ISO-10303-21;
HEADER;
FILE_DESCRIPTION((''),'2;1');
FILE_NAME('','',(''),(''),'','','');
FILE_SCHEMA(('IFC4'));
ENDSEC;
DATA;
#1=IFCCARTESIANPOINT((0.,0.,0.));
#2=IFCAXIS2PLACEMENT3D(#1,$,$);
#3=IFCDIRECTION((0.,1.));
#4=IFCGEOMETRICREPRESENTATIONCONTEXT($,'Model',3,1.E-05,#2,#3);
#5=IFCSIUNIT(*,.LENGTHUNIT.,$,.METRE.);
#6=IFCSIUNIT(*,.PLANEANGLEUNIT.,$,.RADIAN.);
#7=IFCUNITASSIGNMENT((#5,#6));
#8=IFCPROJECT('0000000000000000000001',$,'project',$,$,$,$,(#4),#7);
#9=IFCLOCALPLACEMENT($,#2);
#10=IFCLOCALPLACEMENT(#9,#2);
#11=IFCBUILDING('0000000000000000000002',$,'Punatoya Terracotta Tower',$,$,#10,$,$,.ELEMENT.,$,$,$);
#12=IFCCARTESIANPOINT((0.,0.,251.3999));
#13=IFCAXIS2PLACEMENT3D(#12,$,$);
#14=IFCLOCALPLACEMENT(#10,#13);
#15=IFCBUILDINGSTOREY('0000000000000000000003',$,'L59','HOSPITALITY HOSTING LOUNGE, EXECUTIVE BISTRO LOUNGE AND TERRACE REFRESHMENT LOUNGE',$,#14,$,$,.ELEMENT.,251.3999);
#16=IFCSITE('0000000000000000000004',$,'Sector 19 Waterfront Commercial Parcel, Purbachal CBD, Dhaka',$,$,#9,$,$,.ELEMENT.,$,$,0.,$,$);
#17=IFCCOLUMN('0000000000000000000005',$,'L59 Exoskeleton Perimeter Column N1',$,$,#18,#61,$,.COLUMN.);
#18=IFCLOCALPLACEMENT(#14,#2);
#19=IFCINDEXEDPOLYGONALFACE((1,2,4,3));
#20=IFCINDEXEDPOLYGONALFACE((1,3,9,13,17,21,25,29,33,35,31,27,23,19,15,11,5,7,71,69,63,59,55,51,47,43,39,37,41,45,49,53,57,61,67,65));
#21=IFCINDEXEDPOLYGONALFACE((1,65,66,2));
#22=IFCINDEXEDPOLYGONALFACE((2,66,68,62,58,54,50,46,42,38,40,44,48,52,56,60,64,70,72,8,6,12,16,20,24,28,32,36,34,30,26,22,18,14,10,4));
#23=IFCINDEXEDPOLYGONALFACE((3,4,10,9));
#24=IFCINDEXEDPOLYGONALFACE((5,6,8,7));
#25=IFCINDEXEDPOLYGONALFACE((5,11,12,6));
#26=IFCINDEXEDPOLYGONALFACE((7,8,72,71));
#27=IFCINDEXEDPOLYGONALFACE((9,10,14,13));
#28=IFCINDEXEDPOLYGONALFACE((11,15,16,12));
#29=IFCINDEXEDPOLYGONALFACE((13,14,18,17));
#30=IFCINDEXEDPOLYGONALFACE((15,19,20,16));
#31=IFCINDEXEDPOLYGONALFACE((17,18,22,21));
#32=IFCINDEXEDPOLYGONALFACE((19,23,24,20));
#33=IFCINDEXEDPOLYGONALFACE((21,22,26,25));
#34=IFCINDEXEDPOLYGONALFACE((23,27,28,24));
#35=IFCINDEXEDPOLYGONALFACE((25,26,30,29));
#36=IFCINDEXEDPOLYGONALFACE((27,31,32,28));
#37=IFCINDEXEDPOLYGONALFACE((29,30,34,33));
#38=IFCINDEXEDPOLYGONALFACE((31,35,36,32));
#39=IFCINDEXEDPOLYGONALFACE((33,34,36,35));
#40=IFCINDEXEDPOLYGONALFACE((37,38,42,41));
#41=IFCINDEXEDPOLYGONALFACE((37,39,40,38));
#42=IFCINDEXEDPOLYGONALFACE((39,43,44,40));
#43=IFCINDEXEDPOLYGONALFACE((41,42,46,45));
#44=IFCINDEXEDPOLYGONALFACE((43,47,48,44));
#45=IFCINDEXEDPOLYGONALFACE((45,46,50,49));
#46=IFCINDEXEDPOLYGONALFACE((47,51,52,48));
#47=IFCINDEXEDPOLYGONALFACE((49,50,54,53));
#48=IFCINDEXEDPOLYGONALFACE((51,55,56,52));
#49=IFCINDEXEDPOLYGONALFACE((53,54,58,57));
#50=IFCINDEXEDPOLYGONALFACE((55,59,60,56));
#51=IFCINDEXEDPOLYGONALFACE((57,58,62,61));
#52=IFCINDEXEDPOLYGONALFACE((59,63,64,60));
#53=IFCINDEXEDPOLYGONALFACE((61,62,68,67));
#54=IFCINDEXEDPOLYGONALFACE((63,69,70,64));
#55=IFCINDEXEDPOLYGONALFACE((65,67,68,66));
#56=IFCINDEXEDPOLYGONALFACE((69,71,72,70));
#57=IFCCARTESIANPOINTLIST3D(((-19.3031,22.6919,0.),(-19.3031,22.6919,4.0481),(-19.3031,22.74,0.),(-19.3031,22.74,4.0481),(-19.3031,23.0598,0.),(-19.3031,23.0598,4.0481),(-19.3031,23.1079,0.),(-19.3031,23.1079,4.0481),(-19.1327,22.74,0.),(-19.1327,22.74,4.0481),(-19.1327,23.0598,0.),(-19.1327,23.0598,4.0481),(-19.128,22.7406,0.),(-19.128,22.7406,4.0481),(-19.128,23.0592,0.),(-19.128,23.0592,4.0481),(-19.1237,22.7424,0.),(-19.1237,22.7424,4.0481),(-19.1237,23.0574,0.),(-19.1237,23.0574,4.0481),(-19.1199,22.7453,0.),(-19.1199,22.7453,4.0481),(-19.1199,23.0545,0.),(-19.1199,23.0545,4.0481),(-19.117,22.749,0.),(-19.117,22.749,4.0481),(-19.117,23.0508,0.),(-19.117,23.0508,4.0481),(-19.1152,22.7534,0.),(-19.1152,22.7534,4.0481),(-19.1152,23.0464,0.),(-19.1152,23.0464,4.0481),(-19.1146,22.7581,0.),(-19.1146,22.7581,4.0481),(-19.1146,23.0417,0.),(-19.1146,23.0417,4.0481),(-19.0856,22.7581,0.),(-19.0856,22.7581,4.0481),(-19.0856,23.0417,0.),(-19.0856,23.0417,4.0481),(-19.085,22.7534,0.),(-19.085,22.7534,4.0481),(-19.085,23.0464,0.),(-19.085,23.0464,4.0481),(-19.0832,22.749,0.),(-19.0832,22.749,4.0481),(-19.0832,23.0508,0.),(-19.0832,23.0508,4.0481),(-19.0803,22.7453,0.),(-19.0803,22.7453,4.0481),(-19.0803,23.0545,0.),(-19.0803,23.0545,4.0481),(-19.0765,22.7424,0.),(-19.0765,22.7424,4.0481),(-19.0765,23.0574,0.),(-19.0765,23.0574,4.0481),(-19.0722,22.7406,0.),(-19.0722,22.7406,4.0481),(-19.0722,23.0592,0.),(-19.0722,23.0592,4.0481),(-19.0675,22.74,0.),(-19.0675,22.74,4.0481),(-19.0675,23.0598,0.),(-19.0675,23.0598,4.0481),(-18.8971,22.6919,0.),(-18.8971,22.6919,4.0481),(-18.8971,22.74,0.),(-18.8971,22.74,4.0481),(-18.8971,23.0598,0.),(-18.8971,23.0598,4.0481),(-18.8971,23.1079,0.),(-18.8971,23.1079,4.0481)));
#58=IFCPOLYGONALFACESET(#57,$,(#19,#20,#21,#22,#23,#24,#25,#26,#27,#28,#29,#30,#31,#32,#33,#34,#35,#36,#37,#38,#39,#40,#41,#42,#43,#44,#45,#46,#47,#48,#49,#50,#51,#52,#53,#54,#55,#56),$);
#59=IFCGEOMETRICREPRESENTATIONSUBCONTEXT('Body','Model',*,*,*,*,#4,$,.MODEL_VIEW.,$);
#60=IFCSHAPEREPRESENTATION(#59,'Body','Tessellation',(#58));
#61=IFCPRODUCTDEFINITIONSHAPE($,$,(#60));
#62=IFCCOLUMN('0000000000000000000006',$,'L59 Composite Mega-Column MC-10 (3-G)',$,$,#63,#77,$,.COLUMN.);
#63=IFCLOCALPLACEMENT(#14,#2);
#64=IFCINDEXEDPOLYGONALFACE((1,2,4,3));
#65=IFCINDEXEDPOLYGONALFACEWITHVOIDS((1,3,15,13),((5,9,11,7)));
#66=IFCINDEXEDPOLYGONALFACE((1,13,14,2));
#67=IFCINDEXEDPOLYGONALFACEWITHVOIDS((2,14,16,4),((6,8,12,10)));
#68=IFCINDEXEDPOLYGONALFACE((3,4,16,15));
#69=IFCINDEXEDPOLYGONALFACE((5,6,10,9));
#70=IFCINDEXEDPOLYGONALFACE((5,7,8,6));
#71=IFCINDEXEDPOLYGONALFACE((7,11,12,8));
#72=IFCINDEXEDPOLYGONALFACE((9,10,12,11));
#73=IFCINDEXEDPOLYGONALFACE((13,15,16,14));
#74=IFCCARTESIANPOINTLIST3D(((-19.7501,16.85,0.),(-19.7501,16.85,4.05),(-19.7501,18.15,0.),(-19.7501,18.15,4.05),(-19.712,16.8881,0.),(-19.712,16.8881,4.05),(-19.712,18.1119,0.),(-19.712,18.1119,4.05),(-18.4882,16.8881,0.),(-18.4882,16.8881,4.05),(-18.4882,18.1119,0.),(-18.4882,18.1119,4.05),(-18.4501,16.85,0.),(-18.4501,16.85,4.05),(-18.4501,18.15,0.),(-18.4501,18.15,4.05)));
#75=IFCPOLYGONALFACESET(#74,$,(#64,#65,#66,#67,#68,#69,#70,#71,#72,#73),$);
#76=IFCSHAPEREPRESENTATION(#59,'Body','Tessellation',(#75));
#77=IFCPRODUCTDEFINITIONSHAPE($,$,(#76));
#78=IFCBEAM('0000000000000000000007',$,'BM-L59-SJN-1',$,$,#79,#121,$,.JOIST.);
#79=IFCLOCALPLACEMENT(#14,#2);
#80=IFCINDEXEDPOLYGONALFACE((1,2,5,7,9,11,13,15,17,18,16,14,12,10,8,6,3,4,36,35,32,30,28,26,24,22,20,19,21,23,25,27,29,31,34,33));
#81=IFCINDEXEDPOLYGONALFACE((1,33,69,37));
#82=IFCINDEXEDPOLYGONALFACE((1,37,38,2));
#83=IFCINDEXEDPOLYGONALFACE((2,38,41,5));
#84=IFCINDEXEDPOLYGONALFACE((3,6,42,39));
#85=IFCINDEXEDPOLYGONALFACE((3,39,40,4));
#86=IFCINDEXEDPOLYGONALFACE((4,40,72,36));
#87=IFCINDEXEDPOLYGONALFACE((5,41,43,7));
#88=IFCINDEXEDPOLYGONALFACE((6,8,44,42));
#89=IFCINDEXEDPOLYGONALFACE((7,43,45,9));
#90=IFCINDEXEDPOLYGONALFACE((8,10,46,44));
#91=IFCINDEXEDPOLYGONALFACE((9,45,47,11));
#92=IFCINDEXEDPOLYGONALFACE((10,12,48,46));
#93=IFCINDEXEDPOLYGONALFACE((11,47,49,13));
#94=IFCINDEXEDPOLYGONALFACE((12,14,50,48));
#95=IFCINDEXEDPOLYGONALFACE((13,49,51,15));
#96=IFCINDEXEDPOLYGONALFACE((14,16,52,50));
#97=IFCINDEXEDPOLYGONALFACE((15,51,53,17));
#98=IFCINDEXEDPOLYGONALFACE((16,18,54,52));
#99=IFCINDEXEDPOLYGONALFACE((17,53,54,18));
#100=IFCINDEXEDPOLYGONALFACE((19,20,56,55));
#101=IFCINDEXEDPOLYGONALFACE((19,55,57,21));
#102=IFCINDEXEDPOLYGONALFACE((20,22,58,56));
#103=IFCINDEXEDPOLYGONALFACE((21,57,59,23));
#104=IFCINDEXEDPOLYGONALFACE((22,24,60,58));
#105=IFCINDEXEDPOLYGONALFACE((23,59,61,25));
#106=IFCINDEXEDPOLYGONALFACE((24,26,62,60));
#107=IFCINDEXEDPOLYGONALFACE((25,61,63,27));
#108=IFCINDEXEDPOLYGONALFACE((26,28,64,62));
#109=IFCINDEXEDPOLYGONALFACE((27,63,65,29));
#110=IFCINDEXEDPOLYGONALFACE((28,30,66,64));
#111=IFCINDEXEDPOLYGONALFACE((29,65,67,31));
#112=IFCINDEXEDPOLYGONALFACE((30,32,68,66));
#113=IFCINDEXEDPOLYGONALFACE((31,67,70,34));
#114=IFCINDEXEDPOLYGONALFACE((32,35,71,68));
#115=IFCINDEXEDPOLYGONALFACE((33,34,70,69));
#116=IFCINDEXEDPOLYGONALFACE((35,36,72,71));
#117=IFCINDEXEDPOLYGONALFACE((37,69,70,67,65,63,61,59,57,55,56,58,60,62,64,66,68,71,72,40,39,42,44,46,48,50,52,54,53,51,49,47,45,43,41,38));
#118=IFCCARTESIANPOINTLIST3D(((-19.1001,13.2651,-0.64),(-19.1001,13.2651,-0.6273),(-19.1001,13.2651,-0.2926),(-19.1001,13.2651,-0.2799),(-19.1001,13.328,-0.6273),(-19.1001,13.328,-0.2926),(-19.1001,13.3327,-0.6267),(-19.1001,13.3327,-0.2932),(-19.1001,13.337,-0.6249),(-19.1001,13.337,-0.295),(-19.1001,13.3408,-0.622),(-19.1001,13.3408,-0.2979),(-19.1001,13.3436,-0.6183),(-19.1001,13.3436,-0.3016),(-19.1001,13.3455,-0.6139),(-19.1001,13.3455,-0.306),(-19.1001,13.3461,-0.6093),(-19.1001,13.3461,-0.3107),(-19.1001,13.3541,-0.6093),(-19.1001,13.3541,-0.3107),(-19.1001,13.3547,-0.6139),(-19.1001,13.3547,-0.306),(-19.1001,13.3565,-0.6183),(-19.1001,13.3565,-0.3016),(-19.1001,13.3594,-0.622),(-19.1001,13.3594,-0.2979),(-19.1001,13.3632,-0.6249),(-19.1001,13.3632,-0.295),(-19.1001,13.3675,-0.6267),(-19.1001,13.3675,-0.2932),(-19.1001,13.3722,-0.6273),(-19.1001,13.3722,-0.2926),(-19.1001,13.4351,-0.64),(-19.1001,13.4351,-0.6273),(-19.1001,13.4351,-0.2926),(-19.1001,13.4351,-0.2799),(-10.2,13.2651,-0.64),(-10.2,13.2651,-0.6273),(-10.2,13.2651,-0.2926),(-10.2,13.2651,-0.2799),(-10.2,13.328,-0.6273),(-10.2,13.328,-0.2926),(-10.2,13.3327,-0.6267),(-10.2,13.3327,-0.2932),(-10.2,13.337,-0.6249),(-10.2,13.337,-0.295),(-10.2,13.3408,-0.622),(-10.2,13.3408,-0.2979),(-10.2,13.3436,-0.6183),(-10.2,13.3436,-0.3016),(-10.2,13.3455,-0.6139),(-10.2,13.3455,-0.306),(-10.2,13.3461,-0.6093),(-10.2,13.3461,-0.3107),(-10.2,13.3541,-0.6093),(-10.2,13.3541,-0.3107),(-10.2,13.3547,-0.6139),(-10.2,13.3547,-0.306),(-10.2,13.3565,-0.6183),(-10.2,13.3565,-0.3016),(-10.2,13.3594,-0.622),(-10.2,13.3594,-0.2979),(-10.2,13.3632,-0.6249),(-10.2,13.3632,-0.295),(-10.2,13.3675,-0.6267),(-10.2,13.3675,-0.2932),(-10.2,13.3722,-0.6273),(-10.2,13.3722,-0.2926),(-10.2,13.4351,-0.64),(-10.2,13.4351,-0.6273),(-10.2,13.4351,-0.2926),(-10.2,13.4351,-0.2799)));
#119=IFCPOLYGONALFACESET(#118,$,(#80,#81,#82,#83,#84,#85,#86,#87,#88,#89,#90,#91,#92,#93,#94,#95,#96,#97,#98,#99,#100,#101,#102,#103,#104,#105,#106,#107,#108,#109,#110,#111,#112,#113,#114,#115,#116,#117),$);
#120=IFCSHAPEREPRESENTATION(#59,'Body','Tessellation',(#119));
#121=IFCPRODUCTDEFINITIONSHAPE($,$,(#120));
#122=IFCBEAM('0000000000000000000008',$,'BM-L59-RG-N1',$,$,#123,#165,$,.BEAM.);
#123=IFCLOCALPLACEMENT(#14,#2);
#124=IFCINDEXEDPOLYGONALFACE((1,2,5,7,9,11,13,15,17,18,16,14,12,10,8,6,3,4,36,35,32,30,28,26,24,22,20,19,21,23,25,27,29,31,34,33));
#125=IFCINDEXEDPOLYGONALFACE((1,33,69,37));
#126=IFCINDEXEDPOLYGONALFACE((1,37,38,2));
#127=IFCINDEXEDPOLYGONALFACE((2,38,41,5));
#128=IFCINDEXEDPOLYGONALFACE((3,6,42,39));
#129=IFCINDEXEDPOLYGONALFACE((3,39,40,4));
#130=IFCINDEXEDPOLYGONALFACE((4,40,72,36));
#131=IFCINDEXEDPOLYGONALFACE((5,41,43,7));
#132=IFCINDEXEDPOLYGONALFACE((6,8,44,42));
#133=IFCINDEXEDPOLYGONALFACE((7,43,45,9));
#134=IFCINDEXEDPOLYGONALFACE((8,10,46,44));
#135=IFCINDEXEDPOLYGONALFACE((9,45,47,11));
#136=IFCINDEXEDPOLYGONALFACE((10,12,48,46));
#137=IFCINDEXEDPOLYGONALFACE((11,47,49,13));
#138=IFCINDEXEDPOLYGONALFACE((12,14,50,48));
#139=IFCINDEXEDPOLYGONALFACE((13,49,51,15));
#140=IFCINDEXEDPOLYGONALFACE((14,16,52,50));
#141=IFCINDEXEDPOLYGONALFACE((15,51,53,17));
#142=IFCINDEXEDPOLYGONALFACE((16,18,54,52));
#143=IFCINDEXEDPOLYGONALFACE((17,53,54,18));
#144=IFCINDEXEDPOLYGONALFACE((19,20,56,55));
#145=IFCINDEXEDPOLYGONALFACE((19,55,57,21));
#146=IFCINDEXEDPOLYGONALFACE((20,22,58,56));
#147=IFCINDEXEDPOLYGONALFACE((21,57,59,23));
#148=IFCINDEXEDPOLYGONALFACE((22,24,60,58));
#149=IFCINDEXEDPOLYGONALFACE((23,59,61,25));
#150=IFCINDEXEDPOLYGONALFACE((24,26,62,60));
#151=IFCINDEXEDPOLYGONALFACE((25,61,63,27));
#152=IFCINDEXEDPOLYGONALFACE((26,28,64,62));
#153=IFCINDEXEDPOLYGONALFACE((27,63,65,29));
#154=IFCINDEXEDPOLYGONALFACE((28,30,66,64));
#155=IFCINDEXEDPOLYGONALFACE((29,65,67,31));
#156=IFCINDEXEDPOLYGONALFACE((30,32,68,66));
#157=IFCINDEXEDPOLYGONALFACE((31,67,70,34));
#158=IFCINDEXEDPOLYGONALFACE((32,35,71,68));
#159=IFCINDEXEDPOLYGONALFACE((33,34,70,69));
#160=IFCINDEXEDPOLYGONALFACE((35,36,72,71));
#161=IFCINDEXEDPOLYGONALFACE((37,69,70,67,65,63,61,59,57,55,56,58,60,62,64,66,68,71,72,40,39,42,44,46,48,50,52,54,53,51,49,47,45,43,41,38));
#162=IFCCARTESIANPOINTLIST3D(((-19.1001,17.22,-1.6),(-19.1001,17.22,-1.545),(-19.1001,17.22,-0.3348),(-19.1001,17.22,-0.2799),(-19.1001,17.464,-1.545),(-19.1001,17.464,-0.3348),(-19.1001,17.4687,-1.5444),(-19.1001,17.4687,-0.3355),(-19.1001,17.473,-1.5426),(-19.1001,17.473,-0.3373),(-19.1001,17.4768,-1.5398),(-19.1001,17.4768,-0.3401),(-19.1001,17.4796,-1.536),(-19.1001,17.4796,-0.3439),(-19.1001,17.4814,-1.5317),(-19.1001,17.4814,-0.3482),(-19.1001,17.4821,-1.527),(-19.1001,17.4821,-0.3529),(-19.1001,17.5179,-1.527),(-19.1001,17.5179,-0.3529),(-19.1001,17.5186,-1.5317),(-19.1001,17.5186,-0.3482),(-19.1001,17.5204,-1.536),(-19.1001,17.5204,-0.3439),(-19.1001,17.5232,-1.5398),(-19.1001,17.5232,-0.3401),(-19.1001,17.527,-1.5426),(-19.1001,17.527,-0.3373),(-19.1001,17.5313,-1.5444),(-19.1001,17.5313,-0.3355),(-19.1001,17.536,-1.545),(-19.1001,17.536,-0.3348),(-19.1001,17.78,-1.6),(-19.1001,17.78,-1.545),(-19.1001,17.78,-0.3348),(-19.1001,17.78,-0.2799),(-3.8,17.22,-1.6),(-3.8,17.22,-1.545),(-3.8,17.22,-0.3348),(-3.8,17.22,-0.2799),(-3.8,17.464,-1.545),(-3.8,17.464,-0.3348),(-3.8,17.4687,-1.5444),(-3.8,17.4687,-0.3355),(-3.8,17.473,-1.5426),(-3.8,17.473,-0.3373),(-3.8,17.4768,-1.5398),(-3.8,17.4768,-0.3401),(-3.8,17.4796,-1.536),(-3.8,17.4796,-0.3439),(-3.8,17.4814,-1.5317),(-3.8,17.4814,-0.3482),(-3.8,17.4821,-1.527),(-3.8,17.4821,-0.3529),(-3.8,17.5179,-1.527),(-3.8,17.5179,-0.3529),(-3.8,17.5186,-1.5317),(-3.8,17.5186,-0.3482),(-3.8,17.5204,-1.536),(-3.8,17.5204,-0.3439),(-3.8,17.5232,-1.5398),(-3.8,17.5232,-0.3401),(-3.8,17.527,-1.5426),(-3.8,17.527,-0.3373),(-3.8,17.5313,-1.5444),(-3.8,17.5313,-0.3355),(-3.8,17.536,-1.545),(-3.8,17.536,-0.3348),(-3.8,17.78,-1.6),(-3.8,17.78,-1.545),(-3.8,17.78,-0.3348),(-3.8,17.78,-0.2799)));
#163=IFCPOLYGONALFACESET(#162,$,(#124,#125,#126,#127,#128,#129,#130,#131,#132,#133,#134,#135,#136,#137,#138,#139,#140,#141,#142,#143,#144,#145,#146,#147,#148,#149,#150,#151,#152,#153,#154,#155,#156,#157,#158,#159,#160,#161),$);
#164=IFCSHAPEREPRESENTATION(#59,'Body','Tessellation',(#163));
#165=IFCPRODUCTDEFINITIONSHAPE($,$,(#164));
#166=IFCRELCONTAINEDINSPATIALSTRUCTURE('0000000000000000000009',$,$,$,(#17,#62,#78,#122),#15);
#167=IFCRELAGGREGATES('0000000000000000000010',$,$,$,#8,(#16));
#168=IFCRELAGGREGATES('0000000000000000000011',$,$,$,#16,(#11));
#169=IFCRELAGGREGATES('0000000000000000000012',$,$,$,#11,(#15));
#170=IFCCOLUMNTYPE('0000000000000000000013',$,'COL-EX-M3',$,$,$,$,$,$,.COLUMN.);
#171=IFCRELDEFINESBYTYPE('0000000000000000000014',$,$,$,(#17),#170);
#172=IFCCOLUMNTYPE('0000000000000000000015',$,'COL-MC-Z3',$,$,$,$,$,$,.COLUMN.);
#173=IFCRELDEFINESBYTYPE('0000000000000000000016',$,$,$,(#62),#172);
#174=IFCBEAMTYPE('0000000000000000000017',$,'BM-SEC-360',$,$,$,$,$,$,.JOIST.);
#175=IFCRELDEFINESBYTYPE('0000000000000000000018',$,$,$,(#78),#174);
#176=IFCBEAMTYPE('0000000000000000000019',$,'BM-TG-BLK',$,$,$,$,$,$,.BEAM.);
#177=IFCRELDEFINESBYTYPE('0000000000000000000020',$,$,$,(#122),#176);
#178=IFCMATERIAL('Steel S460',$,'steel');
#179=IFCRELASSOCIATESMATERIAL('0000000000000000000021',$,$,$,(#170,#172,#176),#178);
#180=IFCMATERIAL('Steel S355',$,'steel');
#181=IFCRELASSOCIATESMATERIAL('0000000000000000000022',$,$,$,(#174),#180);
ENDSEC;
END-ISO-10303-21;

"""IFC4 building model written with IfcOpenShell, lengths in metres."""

from ifc_helpers import new_model, si_unit, direction, frame, origin, origin_2d, place, context, subcontext, project, spatial, hollow_rectangle, i_section, extrude, material, material_profile, profile_set, type_object, element, save


model = new_model("IFC4")

# Units and contexts
model_context = context("Model", 3, precision=1e-05, world=origin(), true_north=direction((0.0, 1.0)))
body_context = subcontext(model_context, "Body", "Model", "MODEL_VIEW")
ifc_project = project(units=[si_unit("LENGTHUNIT", "METRE"), si_unit("PLANEANGLEUNIT", "RADIAN")], contexts=[model_context])

# Site, building, storey
site_placement = place(None, origin())
site = spatial("IfcSite", under=ifc_project, at=site_placement, Name="Sector 19 Waterfront Commercial Parcel, Purbachal CBD, Dhaka", CompositionType="ELEMENT", RefElevation=0.0)
building_placement = place(site_placement, origin())
building = spatial("IfcBuilding", under=site, at=building_placement, Name="Punatoya Terracotta Tower", CompositionType="ELEMENT")
storey_placement = place(building_placement, frame((0.0, 0.0, 251.3999)))
storey = spatial("IfcBuildingStorey", under=building, at=storey_placement, Name="L59", Description="HOSPITALITY HOSTING LOUNGE, EXECUTIVE BISTRO LOUNGE AND TERRACE REFRESHMENT LOUNGE", CompositionType="ELEMENT", Elevation=251.3999)

# Columns
ifc_material_1 = material(Name="Steel S460", Category="steel")
ifc_material_profile_1 = material_profile(ifc_material_1, i_section(OverallWidth=0.406, OverallDepth=0.416, WebThickness=0.0291, FlangeThickness=0.0481, FilletRadius=0.0181, at=origin_2d()))
ifc_profile_set_1 = profile_set([ifc_material_profile_1], Name="Steel S460")
column_type_1 = type_object("IfcColumnType", Name="COL-EX-M3", PredefinedType="COLUMN", material=ifc_profile_set_1)
column_1_placement = place(storey_placement, frame((-19.1001, 22.8999, 0.0), z_axis=(0.0, 0.0, 1.0), x_axis=(1.0, 0.0, 0.0)))
element("IfcColumn", 1, at=column_1_placement, inside=storey, type_object=column_type_1, Name="L59 Exoskeleton Perimeter Column N1", PredefinedType="COLUMN", context=body_context, shape_type="SweptSolid", body=[
    extrude(i_section(OverallWidth=0.406, OverallDepth=0.416, WebThickness=0.0291, FlangeThickness=0.0481, FilletRadius=0.0181, at=origin_2d()), origin(), (0.0, 0.0, 1.0), 4.0481),
])
ifc_material_profile_2 = material_profile(ifc_material_1, hollow_rectangle(XDim=1.3, YDim=1.3, WallThickness=0.0381, at=origin_2d()))
ifc_profile_set_2 = profile_set([ifc_material_profile_2], Name="Steel S460")
column_type_2 = type_object("IfcColumnType", Name="COL-MC-Z3", PredefinedType="COLUMN", material=ifc_profile_set_2)
column_2_placement = place(storey_placement, frame((-19.1001, 17.5, 0.0), z_axis=(0.0, 0.0, 1.0), x_axis=(1.0, 0.0, 0.0)))
element("IfcColumn", 2, at=column_2_placement, inside=storey, type_object=column_type_2, Name="L59 Composite Mega-Column MC-10 (3-G)", PredefinedType="COLUMN", context=body_context, shape_type="SweptSolid", body=[
    extrude(hollow_rectangle(XDim=1.3, YDim=1.3, WallThickness=0.0381, at=origin_2d()), origin(), (0.0, 0.0, 1.0), 4.05),
])

# Beams
ifc_material_2 = material(Name="Steel S355", Category="steel")
ifc_material_profile_3 = material_profile(ifc_material_2, i_section(OverallWidth=0.1699, OverallDepth=0.3601, WebThickness=0.0081, FlangeThickness=0.0127, FilletRadius=0.0181, at=origin_2d()))
ifc_profile_set_3 = profile_set([ifc_material_profile_3], Name="Steel S355")
beam_type_1 = type_object("IfcBeamType", Name="BM-SEC-360", PredefinedType="JOIST", material=ifc_profile_set_3)
beam_1_placement = place(storey_placement, frame((-19.1001, 13.3501, -0.46), z_axis=(1.0, 0.0, 0.0), x_axis=(0.0, 1.0, 0.0)))
element("IfcBeam", 3, at=beam_1_placement, inside=storey, type_object=beam_type_1, Name="BM-L59-SJN-1", PredefinedType="JOIST", context=body_context, shape_type="SweptSolid", body=[
    extrude(i_section(OverallWidth=0.1699, OverallDepth=0.3601, WebThickness=0.0081, FlangeThickness=0.0127, FilletRadius=0.0181, at=origin_2d()), origin(), (0.0, 0.0, 1.0), 8.9001),
])
ifc_material_profile_4 = material_profile(ifc_material_1, i_section(OverallWidth=0.5601, OverallDepth=1.3201, WebThickness=0.0359, FlangeThickness=0.0549, FilletRadius=0.0181, at=origin_2d()))
ifc_profile_set_4 = profile_set([ifc_material_profile_4], Name="Steel S460")
beam_type_2 = type_object("IfcBeamType", Name="BM-TG-BLK", PredefinedType="BEAM", material=ifc_profile_set_4)
beam_2_placement = place(storey_placement, frame((-19.1001, 17.5, -0.9399), z_axis=(1.0, 0.0, 0.0), x_axis=(0.0, 1.0, 0.0)))
element("IfcBeam", 4, at=beam_2_placement, inside=storey, type_object=beam_type_2, Name="BM-L59-RG-N1", PredefinedType="BEAM", context=body_context, shape_type="SweptSolid", body=[
    extrude(i_section(OverallWidth=0.5601, OverallDepth=1.3201, WebThickness=0.0359, FlangeThickness=0.0549, FilletRadius=0.0181, at=origin_2d()), origin(), (0.0, 0.0, 1.0), 15.3),
])

save(model, "model.ifc")
